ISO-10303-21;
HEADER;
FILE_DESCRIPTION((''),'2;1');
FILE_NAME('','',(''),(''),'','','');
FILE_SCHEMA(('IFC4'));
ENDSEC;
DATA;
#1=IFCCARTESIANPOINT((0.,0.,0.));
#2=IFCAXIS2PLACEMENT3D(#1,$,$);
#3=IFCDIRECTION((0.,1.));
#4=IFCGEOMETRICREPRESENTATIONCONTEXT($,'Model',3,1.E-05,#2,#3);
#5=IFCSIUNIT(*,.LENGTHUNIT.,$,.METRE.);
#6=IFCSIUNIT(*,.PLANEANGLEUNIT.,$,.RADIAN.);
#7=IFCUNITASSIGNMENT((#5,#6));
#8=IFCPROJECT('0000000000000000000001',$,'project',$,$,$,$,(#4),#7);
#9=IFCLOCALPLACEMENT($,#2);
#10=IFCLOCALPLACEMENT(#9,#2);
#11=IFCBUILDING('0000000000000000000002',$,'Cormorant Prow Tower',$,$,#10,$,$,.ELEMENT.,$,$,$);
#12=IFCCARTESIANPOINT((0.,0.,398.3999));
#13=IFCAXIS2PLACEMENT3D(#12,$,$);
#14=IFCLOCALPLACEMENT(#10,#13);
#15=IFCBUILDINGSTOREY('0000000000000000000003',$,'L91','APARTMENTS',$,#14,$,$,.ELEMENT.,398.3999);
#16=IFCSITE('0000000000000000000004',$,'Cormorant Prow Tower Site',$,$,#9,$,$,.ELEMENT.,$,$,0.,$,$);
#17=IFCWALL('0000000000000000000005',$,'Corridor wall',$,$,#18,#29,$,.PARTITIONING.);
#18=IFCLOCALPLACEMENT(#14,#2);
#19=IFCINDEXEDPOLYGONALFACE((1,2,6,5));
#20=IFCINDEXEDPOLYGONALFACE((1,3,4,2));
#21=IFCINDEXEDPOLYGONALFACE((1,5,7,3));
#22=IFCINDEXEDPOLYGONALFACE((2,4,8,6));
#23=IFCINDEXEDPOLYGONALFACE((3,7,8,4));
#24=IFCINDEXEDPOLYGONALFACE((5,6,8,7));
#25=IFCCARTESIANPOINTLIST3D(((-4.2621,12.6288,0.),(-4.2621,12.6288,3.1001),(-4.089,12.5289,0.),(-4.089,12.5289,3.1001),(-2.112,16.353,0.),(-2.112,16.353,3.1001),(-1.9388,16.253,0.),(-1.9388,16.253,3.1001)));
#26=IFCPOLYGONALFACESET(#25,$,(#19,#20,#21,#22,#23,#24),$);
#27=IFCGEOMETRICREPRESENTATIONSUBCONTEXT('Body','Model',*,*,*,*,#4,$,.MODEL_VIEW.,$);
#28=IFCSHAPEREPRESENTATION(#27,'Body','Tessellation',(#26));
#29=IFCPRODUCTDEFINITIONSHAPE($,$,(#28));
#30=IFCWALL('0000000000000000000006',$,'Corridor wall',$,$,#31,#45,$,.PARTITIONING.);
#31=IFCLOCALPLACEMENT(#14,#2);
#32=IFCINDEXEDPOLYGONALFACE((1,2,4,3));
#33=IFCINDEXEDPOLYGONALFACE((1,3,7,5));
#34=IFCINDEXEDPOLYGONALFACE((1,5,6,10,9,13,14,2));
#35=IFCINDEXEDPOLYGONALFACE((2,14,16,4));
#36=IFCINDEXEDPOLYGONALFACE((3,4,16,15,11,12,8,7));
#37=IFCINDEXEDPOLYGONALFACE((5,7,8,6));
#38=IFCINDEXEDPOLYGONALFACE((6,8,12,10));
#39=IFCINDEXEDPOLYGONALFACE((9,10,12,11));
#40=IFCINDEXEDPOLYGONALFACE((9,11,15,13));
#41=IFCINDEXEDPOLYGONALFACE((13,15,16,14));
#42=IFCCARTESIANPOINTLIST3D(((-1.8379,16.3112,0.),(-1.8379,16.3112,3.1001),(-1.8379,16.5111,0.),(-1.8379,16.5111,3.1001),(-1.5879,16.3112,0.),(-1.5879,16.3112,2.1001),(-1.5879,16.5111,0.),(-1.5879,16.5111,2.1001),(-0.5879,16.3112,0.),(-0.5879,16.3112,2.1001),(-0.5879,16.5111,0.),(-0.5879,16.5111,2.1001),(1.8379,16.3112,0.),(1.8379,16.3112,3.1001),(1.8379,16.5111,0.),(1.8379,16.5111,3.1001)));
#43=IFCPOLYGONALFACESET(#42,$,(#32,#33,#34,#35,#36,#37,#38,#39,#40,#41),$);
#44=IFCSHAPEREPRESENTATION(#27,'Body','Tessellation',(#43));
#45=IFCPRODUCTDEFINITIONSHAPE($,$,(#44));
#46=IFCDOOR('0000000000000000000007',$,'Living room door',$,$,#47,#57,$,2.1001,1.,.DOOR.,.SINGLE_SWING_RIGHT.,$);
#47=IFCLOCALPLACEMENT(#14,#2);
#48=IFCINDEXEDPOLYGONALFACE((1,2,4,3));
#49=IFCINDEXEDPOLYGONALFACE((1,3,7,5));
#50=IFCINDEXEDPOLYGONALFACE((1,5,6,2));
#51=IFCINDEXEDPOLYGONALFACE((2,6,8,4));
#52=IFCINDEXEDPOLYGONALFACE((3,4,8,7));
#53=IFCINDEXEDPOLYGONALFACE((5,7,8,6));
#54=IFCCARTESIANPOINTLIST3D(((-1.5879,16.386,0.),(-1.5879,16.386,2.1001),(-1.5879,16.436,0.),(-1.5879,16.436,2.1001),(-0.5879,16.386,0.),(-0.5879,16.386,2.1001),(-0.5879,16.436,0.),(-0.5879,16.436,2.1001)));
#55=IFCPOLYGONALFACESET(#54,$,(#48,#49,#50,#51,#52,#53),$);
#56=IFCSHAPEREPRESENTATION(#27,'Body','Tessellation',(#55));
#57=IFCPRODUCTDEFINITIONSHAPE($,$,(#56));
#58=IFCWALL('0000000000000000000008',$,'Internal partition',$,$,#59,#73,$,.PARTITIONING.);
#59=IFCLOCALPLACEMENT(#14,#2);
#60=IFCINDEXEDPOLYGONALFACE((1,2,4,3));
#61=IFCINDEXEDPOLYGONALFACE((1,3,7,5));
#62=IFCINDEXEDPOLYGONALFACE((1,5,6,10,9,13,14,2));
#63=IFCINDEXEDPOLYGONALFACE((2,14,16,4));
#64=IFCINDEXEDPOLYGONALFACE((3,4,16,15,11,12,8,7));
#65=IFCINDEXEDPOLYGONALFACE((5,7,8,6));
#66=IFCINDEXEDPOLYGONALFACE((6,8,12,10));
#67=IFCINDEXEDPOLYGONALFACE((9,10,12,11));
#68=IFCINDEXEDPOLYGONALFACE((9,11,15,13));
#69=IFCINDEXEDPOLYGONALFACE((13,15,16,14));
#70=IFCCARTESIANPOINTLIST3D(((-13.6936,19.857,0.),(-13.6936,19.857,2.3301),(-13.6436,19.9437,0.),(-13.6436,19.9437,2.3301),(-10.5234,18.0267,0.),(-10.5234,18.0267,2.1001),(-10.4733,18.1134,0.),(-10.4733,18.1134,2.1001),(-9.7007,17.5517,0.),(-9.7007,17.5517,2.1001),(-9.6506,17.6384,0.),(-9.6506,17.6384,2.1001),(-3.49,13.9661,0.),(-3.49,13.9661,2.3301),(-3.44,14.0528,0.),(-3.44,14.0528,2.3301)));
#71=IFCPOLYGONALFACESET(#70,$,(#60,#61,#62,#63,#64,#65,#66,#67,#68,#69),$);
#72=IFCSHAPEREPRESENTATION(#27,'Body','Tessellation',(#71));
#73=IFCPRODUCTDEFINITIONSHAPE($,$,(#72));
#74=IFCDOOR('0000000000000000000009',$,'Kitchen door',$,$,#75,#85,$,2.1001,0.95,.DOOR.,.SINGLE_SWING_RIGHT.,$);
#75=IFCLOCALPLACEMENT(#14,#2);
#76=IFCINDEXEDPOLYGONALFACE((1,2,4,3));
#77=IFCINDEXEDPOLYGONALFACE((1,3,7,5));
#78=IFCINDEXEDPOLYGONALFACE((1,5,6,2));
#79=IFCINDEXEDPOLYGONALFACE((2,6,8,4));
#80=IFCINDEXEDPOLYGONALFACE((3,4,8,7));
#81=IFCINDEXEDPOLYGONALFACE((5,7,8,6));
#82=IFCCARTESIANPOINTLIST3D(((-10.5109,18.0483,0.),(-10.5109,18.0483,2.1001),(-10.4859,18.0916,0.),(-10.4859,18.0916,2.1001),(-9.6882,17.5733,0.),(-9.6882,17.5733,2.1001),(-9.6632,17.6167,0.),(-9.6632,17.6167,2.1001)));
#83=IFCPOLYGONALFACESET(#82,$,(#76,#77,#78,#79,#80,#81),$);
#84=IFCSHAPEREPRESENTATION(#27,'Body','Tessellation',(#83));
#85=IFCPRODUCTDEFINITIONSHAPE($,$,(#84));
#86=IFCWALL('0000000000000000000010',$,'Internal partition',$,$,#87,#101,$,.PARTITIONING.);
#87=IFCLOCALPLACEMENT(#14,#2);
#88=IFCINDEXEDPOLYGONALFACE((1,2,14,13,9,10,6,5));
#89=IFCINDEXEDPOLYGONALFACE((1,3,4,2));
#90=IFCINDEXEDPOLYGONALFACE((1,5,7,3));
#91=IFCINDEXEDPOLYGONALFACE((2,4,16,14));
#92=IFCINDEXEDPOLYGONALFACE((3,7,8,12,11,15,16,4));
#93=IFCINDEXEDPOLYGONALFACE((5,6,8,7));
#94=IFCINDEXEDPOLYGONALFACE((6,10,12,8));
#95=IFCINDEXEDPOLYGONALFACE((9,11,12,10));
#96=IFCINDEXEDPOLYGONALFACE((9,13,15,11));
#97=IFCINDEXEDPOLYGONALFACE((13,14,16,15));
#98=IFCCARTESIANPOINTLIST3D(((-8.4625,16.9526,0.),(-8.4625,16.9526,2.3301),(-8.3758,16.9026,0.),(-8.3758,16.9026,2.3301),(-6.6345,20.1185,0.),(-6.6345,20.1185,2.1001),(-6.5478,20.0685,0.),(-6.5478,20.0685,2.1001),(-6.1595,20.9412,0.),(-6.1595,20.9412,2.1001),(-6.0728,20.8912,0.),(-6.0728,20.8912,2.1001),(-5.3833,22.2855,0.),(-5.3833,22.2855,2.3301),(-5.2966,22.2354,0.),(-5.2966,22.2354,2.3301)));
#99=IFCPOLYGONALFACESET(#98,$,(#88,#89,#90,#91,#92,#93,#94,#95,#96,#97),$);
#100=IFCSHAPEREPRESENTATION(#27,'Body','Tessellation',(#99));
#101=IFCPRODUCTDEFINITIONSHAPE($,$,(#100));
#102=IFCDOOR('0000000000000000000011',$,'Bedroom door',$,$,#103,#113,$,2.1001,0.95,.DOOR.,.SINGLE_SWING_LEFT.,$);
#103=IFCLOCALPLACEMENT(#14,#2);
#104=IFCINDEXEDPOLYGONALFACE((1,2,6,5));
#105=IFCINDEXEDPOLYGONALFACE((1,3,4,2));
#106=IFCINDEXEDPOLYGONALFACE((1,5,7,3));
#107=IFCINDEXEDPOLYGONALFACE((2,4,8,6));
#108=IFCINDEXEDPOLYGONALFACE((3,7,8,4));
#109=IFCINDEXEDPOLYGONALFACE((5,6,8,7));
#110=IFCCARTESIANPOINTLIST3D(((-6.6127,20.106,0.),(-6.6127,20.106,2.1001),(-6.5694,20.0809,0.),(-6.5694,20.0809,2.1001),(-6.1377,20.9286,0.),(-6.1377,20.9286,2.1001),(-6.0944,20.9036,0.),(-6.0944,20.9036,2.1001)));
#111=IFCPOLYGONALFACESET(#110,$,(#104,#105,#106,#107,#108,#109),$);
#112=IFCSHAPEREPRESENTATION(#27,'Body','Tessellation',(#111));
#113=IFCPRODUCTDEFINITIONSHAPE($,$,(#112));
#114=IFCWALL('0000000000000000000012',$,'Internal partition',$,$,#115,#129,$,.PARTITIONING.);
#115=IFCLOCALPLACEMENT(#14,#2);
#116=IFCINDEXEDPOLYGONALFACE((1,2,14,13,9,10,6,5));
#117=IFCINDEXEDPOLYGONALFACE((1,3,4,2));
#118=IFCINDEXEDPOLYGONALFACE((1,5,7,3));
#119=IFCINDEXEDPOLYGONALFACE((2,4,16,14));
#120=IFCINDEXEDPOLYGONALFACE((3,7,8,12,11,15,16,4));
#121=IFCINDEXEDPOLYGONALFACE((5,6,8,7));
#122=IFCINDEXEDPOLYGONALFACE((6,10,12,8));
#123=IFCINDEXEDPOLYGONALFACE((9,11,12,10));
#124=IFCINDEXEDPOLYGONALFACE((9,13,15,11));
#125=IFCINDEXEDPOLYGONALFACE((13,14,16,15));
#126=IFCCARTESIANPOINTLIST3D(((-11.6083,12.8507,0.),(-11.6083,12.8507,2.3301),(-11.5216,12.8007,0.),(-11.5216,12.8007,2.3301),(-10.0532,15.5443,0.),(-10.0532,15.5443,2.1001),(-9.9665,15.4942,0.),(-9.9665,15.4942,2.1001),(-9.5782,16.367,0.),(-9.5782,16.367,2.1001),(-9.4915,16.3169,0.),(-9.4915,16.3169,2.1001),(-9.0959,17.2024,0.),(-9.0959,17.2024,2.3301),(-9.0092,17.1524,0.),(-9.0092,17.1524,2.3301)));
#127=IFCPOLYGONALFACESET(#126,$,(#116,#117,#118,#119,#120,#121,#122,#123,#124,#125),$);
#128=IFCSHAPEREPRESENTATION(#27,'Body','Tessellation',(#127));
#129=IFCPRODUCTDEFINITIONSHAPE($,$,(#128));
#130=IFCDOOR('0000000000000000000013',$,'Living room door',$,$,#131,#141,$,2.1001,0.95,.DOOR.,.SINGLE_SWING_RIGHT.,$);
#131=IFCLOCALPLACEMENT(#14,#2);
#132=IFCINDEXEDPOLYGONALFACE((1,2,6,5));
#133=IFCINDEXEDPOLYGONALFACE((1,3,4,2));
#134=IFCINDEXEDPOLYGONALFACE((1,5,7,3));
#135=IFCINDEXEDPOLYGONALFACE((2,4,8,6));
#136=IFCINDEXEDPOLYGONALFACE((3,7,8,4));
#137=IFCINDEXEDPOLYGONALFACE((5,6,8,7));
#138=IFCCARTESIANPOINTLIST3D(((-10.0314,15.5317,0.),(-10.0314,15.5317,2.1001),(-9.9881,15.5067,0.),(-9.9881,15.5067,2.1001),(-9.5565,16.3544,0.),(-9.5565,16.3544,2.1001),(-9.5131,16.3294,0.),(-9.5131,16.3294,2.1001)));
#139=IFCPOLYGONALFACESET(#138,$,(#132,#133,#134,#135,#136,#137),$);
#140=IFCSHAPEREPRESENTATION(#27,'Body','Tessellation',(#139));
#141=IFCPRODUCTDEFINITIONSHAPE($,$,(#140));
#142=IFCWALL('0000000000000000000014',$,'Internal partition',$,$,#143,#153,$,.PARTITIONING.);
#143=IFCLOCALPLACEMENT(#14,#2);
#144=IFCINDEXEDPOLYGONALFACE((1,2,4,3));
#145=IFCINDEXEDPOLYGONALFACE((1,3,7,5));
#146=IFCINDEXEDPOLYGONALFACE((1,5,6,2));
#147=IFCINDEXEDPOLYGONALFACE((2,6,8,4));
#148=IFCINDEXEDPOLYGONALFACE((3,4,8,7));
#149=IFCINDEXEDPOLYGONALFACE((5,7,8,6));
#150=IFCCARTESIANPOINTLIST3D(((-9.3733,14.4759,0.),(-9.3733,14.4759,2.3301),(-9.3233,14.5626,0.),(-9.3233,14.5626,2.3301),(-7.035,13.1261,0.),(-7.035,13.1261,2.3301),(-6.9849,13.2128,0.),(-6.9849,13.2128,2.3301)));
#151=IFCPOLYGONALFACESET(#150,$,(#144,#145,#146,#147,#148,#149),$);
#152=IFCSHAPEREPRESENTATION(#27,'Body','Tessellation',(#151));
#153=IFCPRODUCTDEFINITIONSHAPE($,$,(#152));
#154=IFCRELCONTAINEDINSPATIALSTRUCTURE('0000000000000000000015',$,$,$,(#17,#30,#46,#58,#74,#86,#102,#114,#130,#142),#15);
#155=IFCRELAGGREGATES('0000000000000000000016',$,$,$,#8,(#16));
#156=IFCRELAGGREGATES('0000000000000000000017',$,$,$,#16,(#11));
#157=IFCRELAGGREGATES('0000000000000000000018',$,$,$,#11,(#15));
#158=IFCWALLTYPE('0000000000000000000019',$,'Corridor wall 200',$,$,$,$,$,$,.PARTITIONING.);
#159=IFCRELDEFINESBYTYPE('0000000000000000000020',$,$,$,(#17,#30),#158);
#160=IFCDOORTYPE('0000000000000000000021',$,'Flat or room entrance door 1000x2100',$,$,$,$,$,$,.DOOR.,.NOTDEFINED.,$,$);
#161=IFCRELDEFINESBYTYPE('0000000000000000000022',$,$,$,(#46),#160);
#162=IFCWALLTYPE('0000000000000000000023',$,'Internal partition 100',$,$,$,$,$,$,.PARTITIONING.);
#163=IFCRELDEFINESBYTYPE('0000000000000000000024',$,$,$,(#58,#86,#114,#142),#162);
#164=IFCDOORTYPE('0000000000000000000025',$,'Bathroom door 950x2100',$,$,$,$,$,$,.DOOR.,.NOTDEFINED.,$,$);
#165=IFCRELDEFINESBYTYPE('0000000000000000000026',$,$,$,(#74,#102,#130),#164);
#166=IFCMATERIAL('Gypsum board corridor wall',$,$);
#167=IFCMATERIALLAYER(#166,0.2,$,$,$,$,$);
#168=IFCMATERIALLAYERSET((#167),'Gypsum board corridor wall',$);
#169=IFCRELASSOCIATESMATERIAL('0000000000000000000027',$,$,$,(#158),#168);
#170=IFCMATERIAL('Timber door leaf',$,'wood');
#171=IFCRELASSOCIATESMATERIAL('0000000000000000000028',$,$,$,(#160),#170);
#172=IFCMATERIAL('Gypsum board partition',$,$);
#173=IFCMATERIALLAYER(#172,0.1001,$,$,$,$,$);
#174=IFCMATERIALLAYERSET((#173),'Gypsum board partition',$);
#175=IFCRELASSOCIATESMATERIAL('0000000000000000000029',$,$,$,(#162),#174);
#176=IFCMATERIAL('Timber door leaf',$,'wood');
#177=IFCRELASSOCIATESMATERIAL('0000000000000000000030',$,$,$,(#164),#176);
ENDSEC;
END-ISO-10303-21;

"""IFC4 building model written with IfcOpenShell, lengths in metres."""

from ifc_helpers import new_model, si_unit, direction, frame, frame_2d, origin, place, context, subcontext, project, spatial, rectangle, extrude, material, layer, layer_set, type_object, element, fill, save


model = new_model("IFC4")

# Units and contexts
model_context = context("Model", 3, precision=1e-05, world=origin(), true_north=direction((0.0, 1.0)))
body_context = subcontext(model_context, "Body", "Model", "MODEL_VIEW")
ifc_project = project(units=[si_unit("LENGTHUNIT", "METRE"), si_unit("PLANEANGLEUNIT", "RADIAN")], contexts=[model_context])

# Site, building, storey
site_placement = place(None, origin())
site = spatial("IfcSite", under=ifc_project, at=site_placement, Name="Cormorant Prow Tower Site", CompositionType="ELEMENT", RefElevation=0.0)
building_placement = place(site_placement, origin())
building = spatial("IfcBuilding", under=site, at=building_placement, Name="Cormorant Prow Tower", CompositionType="ELEMENT")
storey_placement = place(building_placement, frame((0.0, 0.0, 398.3999)))
storey = spatial("IfcBuildingStorey", under=building, at=storey_placement, Name="L91", Description="APARTMENTS", CompositionType="ELEMENT", Elevation=398.3999)

# Wall
ifc_material_1 = material(Name="Gypsum board corridor wall")
ifc_layer_1 = layer(ifc_material_1, 0.2)
ifc_layer_set_1 = layer_set([ifc_layer_1], Name="Gypsum board corridor wall")
wall_type_1 = type_object("IfcWallType", Name="Corridor wall 200", PredefinedType="PARTITIONING", material=ifc_layer_set_1)
wall_1_placement = place(storey_placement, frame((-4.1755, 12.5789, 0.0), z_axis=(0.0, 0.0, 1.0), x_axis=(0.500004, 0.866023, 0.0)))
element("IfcWall", 1, at=wall_1_placement, inside=storey, type_object=wall_type_1, Name="Corridor wall", PredefinedType="PARTITIONING", context=body_context, shape_type="SweptSolid", body=[
    extrude(rectangle(XDim=4.3003, YDim=0.2, at=frame_2d((2.1501, 0.0))), origin(), (0.0, 0.0, 1.0), 3.1001),
])

# Walls, openings, doors
wall_2_placement = place(storey_placement, frame((-1.8379, 16.4111, 0.0), z_axis=(0.0, 0.0, 1.0), x_axis=(1.0, 0.0, 0.0)))
wall_2 = element("IfcWall", 2, at=wall_2_placement, inside=storey, type_object=wall_type_1, Name="Corridor wall", PredefinedType="PARTITIONING", context=body_context, shape_type="SweptSolid", body=[
    extrude(rectangle(XDim=3.6758, YDim=0.2, at=frame_2d((1.8379, 0.0))), origin(), (0.0, 0.0, 1.0), 3.1001),
])
opening_1_placement = place(wall_2_placement, frame((0.25, 0.0, 0.0)))
opening_1 = element("IfcOpeningElement", 3, at=opening_1_placement, cuts=wall_2, PredefinedType="OPENING", context=body_context, shape_type="SweptSolid", body=[
    extrude(rectangle(XDim=1.0, YDim=2.1001, at=frame_2d((0.5, 1.05))), frame((0.0, 0.1099, 0.0), z_axis=(0.0, -1.0, 0.0), x_axis=(1.0, 0.0, 0.0)), (0.0, 0.0, 1.0), 0.22),
])
ifc_material_2 = material(Name="Timber door leaf", Category="wood")
door_type_1 = type_object("IfcDoorType", Name="Flat or room entrance door 1000x2100", OperationType="NOTDEFINED", PredefinedType="DOOR", material=ifc_material_2)
door_1_placement = place(opening_1_placement, origin())
door_1 = element("IfcDoor", 4, at=door_1_placement, inside=storey, type_object=door_type_1, Name="Living room door", OperationType="SINGLE_SWING_RIGHT", OverallHeight=2.1001, OverallWidth=1.0, PredefinedType="DOOR", context=body_context, shape_type="SweptSolid", body=[
    extrude(rectangle(XDim=1.0, YDim=2.1001, at=frame_2d((0.5, 1.05))), frame((0.0, 0.0249, 0.0), z_axis=(0.0, -1.0, 0.0), x_axis=(1.0, 0.0, 0.0)), (0.0, 0.0, 1.0), 0.05),
])
fill(opening_1, door_1)
ifc_material_3 = material(Name="Gypsum board partition")
ifc_layer_2 = layer(ifc_material_3, 0.1001)
ifc_layer_set_2 = layer_set([ifc_layer_2], Name="Gypsum board partition")
wall_type_2 = type_object("IfcWallType", Name="Internal partition 100", PredefinedType="PARTITIONING", material=ifc_layer_set_2)
wall_3_placement = place(storey_placement, frame((-13.6687, 19.9004, 0.0), z_axis=(0.0, 0.0, 1.0), x_axis=(0.866032, -0.499988, 0.0)))
wall_3 = element("IfcWall", 5, at=wall_3_placement, inside=storey, type_object=wall_type_2, Name="Internal partition", PredefinedType="PARTITIONING", context=body_context, shape_type="SweptSolid", body=[
    extrude(rectangle(XDim=11.782, YDim=0.1001, at=frame_2d((5.8911, 0.0))), origin(), (0.0, 0.0, 1.0), 2.3301),
])
opening_2_placement = place(wall_3_placement, frame((3.6606, 0.0, 0.0)))
opening_2 = element("IfcOpeningElement", 6, at=opening_2_placement, cuts=wall_3, PredefinedType="OPENING", context=body_context, shape_type="SweptSolid", body=[
    extrude(rectangle(XDim=0.95, YDim=2.1001, at=frame_2d((0.4751, 1.05))), frame((0.0, 0.0601, 0.0), z_axis=(0.0, -1.0, 0.0), x_axis=(1.0, 0.0, 0.0)), (0.0, 0.0, 1.0), 0.1201),
])
ifc_material_4 = material(Name="Timber door leaf", Category="wood")
door_type_2 = type_object("IfcDoorType", Name="Bathroom door 950x2100", OperationType="NOTDEFINED", PredefinedType="DOOR", material=ifc_material_4)
door_2_placement = place(opening_2_placement, origin())
door_2 = element("IfcDoor", 7, at=door_2_placement, inside=storey, type_object=door_type_2, Name="Kitchen door", OperationType="SINGLE_SWING_RIGHT", OverallHeight=2.1001, OverallWidth=0.95, PredefinedType="DOOR", context=body_context, shape_type="SweptSolid", body=[
    extrude(rectangle(XDim=0.95, YDim=2.1001, at=frame_2d((0.4751, 1.05))), frame((0.0, 0.0249, 0.0), z_axis=(0.0, -1.0, 0.0), x_axis=(1.0, 0.0, 0.0)), (0.0, 0.0, 1.0), 0.05),
])
fill(opening_2, door_2)
wall_4_placement = place(storey_placement, frame((-8.4192, 16.9275, 0.0), z_axis=(0.0, 0.0, 1.0), x_axis=(0.500028, 0.866009, 0.0)))
wall_4 = element("IfcWall", 8, at=wall_4_placement, inside=storey, type_object=wall_type_2, Name="Internal partition", PredefinedType="PARTITIONING", context=body_context, shape_type="SweptSolid", body=[
    extrude(rectangle(XDim=6.158, YDim=0.1001, at=frame_2d((3.0791, 0.0))), origin(), (0.0, 0.0, 1.0), 2.3301),
])
opening_3_placement = place(wall_4_placement, frame((3.6558, 0.0, 0.0)))
opening_3 = element("IfcOpeningElement", 9, at=opening_3_placement, cuts=wall_4, PredefinedType="OPENING", context=body_context, shape_type="SweptSolid", body=[
    extrude(rectangle(XDim=0.95, YDim=2.1001, at=frame_2d((0.4751, 1.05))), frame((0.0, 0.0601, 0.0), z_axis=(0.0, -1.0, 0.0), x_axis=(1.0, 0.0, 0.0)), (0.0, 0.0, 1.0), 0.1201),
])
door_3_placement = place(opening_3_placement, origin())
door_3 = element("IfcDoor", 10, at=door_3_placement, inside=storey, type_object=door_type_2, Name="Bedroom door", OperationType="SINGLE_SWING_LEFT", OverallHeight=2.1001, OverallWidth=0.95, PredefinedType="DOOR", context=body_context, shape_type="SweptSolid", body=[
    extrude(rectangle(XDim=0.95, YDim=2.1001, at=frame_2d((0.4751, 1.05))), frame((0.0, 0.0249, 0.0), z_axis=(0.0, -1.0, 0.0), x_axis=(1.0, 0.0, 0.0)), (0.0, 0.0, 1.0), 0.05),
])
fill(opening_3, door_3)
wall_5_placement = place(storey_placement, frame((-11.5649, 12.8257, 0.0), z_axis=(0.0, 0.0, 1.0), x_axis=(0.49999, 0.866031, 0.0)))
wall_5 = element("IfcWall", 11, at=wall_5_placement, inside=storey, type_object=wall_type_2, Name="Internal partition", PredefinedType="PARTITIONING", context=body_context, shape_type="SweptSolid", body=[
    extrude(rectangle(XDim=5.0249, YDim=0.1001, at=frame_2d((2.5125, 0.0))), origin(), (0.0, 0.0, 1.0), 2.3301),
])
opening_4_placement = place(wall_5_placement, frame((3.1101, 0.0, 0.0)))
opening_4 = element("IfcOpeningElement", 12, at=opening_4_placement, cuts=wall_5, PredefinedType="OPENING", context=body_context, shape_type="SweptSolid", body=[
    extrude(rectangle(XDim=0.95, YDim=2.1001, at=frame_2d((0.4751, 1.05))), frame((0.0, 0.0601, 0.0), z_axis=(0.0, -1.0, 0.0), x_axis=(1.0, 0.0, 0.0)), (0.0, 0.0, 1.0), 0.1201),
])
door_4_placement = place(opening_4_placement, origin())
door_4 = element("IfcDoor", 13, at=door_4_placement, inside=storey, type_object=door_type_2, Name="Living room door", OperationType="SINGLE_SWING_RIGHT", OverallHeight=2.1001, OverallWidth=0.95, PredefinedType="DOOR", context=body_context, shape_type="SweptSolid", body=[
    extrude(rectangle(XDim=0.95, YDim=2.1001, at=frame_2d((0.4751, 1.05))), frame((0.0, 0.0249, 0.0), z_axis=(0.0, -1.0, 0.0), x_axis=(1.0, 0.0, 0.0)), (0.0, 0.0, 1.0), 0.05),
])
fill(opening_4, door_4)

# Wall
wall_6_placement = place(storey_placement, frame((-9.3484, 14.5193, 0.0), z_axis=(0.0, 0.0, 1.0), x_axis=(0.866059, -0.499942, 0.0)))
element("IfcWall", 14, at=wall_6_placement, inside=storey, type_object=wall_type_2, Name="Internal partition", PredefinedType="PARTITIONING", context=body_context, shape_type="SweptSolid", body=[
    extrude(rectangle(XDim=2.7, YDim=0.1001, at=frame_2d((1.3501, 0.0))), origin(), (0.0, 0.0, 1.0), 2.3301),
])

save(model, "model.ifc")
